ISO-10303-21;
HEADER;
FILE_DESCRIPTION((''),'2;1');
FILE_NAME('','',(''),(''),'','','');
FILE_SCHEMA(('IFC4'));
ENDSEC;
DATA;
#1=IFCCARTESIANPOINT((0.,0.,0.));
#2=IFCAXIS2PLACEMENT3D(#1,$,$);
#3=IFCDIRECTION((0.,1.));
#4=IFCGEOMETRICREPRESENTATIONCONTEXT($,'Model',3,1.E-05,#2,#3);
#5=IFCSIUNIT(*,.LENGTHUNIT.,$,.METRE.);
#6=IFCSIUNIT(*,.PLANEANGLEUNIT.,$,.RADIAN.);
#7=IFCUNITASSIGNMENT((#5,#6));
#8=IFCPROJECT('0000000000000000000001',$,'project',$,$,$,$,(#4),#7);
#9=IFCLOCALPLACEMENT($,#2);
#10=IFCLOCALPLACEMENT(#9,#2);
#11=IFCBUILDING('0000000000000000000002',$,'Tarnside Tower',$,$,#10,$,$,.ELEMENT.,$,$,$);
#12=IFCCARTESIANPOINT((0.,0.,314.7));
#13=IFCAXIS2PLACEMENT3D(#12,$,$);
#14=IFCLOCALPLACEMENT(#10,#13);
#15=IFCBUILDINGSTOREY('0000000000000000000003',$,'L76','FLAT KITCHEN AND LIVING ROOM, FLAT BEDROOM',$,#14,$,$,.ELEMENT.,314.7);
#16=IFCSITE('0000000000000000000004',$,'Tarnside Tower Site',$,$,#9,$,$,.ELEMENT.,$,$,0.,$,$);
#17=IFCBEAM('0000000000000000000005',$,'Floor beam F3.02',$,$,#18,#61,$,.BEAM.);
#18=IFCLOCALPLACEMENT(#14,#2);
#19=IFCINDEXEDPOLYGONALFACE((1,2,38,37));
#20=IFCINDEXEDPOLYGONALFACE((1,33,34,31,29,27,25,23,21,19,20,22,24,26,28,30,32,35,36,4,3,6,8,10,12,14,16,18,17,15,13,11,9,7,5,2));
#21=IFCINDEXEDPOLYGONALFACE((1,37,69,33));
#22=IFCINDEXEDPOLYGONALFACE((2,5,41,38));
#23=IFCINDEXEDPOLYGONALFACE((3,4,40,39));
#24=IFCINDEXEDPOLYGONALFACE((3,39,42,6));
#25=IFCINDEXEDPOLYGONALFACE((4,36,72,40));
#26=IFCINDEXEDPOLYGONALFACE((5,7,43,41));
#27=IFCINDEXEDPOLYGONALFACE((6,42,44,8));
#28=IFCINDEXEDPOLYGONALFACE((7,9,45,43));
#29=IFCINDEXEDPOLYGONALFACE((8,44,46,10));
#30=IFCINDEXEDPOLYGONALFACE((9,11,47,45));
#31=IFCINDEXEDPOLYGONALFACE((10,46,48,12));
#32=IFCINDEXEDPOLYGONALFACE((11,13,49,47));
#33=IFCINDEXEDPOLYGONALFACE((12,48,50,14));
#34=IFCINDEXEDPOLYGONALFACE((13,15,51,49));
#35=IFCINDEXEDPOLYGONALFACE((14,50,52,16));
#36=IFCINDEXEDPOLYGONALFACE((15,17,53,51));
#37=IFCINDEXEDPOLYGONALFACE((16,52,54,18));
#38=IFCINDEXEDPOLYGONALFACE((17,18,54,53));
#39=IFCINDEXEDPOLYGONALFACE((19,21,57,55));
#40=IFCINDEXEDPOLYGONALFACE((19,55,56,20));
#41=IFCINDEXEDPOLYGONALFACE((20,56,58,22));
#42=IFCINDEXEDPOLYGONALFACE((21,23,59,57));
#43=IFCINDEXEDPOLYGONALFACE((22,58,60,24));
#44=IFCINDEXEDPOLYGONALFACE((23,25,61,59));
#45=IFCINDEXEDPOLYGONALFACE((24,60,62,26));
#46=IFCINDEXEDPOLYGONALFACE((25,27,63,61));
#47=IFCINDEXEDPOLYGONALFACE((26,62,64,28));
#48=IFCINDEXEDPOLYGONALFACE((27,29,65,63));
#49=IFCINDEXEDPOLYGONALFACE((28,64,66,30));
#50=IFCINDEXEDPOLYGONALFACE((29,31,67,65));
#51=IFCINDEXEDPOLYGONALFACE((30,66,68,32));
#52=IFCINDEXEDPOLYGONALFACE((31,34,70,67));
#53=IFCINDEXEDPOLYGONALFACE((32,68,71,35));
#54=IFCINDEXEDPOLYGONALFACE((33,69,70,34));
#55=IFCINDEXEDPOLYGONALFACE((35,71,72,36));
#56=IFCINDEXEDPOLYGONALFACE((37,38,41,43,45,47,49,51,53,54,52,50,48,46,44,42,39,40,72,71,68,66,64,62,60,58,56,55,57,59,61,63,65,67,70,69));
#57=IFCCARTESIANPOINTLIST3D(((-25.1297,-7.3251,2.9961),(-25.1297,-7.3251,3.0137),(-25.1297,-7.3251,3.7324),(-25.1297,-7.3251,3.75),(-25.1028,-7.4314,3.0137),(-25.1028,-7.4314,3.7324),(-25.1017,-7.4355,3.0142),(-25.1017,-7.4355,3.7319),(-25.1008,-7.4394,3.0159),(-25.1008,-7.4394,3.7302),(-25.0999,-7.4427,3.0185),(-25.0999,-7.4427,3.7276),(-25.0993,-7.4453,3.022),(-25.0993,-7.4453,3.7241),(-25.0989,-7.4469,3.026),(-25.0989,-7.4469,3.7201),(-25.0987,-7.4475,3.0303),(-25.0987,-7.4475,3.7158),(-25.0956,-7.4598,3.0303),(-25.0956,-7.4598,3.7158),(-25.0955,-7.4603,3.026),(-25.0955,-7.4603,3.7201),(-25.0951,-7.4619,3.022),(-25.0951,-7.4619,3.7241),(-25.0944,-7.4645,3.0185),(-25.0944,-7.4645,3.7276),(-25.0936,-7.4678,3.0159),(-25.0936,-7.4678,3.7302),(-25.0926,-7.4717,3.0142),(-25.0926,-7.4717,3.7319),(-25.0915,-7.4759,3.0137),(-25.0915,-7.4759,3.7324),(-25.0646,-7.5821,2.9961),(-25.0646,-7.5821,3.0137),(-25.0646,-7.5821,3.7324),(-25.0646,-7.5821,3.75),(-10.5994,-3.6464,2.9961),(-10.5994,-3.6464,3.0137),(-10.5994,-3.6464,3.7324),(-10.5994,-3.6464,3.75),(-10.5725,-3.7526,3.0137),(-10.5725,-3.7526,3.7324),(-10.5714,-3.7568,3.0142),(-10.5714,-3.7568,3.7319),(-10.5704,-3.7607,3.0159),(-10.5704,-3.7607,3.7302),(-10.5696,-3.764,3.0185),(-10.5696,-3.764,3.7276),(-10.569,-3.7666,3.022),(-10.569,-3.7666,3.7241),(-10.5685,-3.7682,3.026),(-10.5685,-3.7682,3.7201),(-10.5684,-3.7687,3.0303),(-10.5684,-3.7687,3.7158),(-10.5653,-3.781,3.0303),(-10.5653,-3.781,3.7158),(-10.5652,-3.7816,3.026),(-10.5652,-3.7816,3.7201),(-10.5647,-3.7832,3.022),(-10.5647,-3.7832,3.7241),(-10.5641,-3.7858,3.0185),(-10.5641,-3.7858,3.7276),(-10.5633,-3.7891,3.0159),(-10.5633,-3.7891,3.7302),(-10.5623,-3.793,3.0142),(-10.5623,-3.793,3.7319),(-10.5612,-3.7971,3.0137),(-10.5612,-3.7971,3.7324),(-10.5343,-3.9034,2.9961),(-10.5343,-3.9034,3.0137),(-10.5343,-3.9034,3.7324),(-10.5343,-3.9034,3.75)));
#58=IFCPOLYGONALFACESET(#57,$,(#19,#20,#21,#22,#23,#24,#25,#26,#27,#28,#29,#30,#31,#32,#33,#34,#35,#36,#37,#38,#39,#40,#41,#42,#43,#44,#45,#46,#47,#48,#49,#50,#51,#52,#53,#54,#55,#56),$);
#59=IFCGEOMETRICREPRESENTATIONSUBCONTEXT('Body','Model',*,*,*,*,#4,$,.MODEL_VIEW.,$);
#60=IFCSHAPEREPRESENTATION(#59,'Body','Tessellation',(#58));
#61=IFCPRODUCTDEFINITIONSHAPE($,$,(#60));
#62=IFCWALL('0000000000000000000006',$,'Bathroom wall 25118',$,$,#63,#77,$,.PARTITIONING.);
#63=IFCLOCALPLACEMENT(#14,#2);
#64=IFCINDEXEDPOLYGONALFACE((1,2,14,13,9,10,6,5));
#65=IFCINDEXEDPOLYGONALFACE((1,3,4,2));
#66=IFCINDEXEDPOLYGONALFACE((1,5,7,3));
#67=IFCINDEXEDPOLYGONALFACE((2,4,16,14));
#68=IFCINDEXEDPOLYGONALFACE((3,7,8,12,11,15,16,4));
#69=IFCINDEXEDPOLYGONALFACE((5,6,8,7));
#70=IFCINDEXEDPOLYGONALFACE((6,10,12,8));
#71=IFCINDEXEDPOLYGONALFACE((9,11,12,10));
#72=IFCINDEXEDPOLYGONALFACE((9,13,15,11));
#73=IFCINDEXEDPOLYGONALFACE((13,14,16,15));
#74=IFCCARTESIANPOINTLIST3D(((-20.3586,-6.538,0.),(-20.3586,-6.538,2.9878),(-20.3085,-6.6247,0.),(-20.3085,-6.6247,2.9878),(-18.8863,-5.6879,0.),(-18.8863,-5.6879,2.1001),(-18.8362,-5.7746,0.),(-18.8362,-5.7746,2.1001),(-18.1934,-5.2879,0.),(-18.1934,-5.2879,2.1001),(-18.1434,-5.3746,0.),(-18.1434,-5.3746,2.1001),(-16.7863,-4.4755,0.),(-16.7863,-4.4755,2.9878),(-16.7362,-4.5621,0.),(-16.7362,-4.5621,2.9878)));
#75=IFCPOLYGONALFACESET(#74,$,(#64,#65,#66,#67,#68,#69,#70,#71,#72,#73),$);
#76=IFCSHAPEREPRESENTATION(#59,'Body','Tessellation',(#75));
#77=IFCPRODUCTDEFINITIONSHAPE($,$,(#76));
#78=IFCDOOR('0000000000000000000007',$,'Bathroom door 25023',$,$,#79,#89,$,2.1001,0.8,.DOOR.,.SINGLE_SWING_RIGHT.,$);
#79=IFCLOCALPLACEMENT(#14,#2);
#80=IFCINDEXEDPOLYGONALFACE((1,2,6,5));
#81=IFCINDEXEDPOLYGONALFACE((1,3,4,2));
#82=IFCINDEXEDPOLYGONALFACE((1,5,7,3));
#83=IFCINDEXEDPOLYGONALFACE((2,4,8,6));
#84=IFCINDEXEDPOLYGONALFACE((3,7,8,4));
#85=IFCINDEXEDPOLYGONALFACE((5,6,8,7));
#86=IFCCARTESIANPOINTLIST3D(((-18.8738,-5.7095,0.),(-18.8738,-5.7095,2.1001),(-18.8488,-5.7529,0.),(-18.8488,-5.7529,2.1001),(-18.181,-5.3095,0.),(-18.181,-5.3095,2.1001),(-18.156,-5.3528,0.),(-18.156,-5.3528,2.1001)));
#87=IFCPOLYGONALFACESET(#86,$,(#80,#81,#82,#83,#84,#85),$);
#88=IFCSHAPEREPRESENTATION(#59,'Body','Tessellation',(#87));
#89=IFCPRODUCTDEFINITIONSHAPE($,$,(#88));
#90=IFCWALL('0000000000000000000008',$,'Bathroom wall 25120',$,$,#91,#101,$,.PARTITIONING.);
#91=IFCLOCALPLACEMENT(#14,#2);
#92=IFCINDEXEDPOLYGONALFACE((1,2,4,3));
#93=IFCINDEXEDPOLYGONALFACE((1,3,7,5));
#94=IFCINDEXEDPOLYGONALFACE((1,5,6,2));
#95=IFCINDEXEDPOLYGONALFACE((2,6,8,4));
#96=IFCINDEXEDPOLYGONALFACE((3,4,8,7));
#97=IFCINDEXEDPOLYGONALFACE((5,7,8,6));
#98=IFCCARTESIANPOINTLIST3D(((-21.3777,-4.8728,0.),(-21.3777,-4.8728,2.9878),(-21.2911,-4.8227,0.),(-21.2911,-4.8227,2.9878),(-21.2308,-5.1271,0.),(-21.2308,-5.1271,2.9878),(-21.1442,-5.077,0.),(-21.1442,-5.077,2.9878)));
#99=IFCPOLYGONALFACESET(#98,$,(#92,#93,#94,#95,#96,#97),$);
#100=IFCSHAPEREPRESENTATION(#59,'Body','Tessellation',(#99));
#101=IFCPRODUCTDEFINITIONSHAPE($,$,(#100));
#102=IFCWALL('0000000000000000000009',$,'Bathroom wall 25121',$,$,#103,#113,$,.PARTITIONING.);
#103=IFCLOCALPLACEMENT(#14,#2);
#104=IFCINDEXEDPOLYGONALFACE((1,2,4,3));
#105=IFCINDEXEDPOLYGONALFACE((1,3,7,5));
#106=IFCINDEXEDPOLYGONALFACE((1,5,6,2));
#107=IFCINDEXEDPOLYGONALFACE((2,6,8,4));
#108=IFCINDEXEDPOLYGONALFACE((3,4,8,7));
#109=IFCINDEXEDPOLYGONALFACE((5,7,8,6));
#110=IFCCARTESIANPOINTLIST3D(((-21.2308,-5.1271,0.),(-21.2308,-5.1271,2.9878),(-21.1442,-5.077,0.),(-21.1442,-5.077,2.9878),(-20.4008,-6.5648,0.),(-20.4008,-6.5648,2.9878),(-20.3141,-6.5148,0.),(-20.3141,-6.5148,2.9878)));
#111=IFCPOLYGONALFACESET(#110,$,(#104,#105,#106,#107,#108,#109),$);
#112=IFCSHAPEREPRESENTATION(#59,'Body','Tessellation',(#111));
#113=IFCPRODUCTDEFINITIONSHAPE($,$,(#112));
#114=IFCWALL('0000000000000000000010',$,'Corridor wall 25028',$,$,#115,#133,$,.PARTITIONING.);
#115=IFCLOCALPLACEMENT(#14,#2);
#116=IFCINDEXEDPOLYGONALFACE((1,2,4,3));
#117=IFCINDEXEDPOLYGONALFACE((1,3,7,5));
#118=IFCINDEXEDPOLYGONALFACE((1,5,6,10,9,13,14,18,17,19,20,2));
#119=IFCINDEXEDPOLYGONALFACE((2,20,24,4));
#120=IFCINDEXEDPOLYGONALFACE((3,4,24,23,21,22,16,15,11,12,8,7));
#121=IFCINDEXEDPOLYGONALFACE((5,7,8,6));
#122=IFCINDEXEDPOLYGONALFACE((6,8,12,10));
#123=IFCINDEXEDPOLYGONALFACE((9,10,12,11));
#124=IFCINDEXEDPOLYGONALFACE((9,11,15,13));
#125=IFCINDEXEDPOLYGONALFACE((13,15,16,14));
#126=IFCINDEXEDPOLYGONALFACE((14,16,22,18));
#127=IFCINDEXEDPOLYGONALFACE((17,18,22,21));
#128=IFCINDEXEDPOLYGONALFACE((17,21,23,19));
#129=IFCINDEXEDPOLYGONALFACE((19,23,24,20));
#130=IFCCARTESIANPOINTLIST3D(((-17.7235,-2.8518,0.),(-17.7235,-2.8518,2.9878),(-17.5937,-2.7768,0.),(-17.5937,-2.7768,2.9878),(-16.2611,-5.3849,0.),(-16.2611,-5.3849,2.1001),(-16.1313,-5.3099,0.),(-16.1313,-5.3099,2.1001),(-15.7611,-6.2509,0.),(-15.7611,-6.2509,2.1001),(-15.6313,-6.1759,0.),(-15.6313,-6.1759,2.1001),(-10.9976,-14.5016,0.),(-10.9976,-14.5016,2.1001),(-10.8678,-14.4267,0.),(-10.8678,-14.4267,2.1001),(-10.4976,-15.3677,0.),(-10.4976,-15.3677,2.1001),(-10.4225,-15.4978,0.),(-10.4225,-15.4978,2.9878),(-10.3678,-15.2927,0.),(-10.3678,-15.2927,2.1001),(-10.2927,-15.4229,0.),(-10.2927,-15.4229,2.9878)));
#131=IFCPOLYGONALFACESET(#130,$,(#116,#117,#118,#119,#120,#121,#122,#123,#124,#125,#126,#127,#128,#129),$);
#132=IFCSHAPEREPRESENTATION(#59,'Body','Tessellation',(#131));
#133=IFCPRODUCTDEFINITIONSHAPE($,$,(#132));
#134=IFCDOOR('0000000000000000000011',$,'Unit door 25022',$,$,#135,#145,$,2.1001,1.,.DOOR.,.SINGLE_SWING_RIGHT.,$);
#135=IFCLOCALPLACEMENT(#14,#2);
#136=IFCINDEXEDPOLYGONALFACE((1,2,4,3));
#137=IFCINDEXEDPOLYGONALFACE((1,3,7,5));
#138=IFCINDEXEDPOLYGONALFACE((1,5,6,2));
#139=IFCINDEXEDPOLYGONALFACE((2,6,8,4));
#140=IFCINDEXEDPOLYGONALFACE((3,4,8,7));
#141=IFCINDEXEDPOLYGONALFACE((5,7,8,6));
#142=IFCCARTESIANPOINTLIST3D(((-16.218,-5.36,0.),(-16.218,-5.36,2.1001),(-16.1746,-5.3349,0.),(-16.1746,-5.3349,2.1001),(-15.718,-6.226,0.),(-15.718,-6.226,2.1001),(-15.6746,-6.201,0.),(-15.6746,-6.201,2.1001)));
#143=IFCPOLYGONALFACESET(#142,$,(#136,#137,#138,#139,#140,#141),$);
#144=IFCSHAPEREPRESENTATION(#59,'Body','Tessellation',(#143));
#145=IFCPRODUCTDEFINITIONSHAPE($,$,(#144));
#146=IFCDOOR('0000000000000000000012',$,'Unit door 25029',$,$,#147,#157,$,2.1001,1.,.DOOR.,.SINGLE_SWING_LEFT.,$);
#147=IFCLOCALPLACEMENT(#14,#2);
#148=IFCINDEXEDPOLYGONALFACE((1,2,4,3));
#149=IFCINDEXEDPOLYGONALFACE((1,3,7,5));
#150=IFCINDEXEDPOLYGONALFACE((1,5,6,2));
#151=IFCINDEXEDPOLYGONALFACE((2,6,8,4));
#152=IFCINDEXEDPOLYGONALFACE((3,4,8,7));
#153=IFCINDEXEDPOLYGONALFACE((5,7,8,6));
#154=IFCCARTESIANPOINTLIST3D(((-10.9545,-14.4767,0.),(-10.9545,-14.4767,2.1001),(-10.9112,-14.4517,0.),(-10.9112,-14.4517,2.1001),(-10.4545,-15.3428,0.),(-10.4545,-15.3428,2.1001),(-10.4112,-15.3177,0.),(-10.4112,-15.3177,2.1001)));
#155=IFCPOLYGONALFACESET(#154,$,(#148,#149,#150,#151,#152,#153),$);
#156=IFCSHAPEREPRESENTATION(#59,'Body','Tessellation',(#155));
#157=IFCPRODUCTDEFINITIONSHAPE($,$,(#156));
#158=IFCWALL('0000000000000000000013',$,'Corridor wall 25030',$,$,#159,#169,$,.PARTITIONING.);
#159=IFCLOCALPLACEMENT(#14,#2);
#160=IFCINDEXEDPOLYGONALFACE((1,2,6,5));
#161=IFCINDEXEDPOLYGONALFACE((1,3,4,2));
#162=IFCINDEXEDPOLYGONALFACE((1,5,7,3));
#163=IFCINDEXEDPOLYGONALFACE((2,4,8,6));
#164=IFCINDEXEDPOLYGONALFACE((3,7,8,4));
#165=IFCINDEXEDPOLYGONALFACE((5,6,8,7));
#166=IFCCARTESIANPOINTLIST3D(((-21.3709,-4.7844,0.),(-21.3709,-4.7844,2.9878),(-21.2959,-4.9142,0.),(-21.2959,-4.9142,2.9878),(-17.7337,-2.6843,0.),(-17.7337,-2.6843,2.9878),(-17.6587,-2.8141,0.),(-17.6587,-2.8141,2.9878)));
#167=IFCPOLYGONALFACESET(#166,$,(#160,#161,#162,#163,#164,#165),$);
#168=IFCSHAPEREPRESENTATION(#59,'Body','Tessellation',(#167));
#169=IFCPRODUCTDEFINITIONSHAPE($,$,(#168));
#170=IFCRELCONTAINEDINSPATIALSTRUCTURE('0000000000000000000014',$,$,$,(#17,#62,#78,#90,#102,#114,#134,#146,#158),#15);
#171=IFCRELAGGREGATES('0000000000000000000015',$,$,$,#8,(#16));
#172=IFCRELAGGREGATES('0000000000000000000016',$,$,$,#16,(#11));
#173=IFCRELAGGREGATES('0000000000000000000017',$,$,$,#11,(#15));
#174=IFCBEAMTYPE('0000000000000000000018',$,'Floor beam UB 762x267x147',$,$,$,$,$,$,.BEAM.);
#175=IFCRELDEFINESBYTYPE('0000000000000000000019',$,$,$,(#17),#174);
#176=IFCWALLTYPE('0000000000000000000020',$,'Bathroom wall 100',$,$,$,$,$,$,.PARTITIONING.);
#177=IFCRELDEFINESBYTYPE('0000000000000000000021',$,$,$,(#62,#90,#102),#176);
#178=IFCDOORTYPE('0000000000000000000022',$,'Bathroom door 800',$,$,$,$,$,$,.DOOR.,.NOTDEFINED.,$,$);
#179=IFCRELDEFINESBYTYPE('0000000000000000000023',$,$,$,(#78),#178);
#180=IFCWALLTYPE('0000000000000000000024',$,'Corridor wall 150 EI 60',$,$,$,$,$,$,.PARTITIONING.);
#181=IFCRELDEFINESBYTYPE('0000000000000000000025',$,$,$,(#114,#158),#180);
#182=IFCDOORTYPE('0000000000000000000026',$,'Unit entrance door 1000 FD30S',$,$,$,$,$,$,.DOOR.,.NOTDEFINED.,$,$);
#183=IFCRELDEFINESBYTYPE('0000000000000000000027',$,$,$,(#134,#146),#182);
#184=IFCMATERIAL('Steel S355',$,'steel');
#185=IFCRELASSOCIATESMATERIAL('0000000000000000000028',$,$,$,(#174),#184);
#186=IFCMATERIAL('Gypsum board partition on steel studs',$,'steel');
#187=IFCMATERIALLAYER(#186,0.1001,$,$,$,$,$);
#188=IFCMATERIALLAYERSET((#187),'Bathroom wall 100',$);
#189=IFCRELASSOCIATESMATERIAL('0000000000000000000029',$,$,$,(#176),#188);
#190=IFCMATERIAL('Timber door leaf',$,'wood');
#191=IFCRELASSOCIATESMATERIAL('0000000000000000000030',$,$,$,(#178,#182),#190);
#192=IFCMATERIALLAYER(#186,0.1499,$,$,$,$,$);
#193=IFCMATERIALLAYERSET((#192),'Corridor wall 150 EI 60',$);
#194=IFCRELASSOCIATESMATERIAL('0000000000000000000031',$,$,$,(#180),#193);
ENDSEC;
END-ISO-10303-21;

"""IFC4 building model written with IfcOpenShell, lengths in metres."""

from ifc_helpers import new_model, si_unit, direction, frame, frame_2d, origin, origin_2d, place, context, subcontext, project, spatial, rectangle, i_section, extrude, material, layer, layer_set, material_profile, profile_set, type_object, element, fill, save


model = new_model("IFC4")

# Units and contexts
model_context = context("Model", 3, precision=1e-05, world=origin(), true_north=direction((0.0, 1.0)))
body_context = subcontext(model_context, "Body", "Model", "MODEL_VIEW")
ifc_project = project(units=[si_unit("LENGTHUNIT", "METRE"), si_unit("PLANEANGLEUNIT", "RADIAN")], contexts=[model_context])

# Site, building, storey
site_placement = place(None, origin())
site = spatial("IfcSite", under=ifc_project, at=site_placement, Name="Tarnside Tower Site", CompositionType="ELEMENT", RefElevation=0.0)
building_placement = place(site_placement, origin())
building = spatial("IfcBuilding", under=site, at=building_placement, Name="Tarnside Tower", CompositionType="ELEMENT")
storey_placement = place(building_placement, frame((0.0, 0.0, 314.7)))
storey = spatial("IfcBuildingStorey", under=building, at=storey_placement, Name="L76", Description="FLAT KITCHEN AND LIVING ROOM, FLAT BEDROOM", CompositionType="ELEMENT", Elevation=314.7)

# Beam
ifc_material_1 = material(Name="Steel S355", Category="steel")
ifc_material_profile = material_profile(ifc_material_1, i_section(OverallWidth=0.2651, OverallDepth=0.7539, WebThickness=0.0127, FlangeThickness=0.0176, FilletRadius=0.0166, at=origin_2d()), Name="UB 762x267x147")
ifc_profile_set = profile_set([ifc_material_profile], Name="Steel S355")
beam_type = type_object("IfcBeamType", Name="Floor beam UB 762x267x147", PredefinedType="BEAM", material=ifc_profile_set)
beam_placement = place(storey_placement, frame((-25.0972, -7.4536, 3.373), z_axis=(0.969414, 0.245432, 0.0), x_axis=(-0.245432, 0.969414, 0.0)))
element("IfcBeam", 1, at=beam_placement, inside=storey, type_object=beam_type, Name="Floor beam F3.02", PredefinedType="BEAM", context=body_context, shape_type="SweptSolid", body=[
    extrude(i_section(OverallWidth=0.2651, OverallDepth=0.7539, WebThickness=0.0127, FlangeThickness=0.0176, FilletRadius=0.0166, at=origin_2d()), origin(), (0.0, 0.0, 1.0), 14.9888),
])

# Wall, opening, door
ifc_material_2 = material(Name="Gypsum board partition on steel studs", Category="steel")
ifc_layer_1 = layer(ifc_material_2, 0.1001)
ifc_layer_set_1 = layer_set([ifc_layer_1], Name="Bathroom wall 100")
wall_type_1 = type_object("IfcWallType", Name="Bathroom wall 100", PredefinedType="PARTITIONING", material=ifc_layer_set_1)
wall_1_placement = place(storey_placement, frame((-16.7612, -4.5188, 0.0), z_axis=(0.0, 0.0, 1.0), x_axis=(-0.86602, -0.500009, 0.0)))
wall_1 = element("IfcWall", 2, at=wall_1_placement, inside=storey, type_object=wall_type_1, Name="Bathroom wall 25118", PredefinedType="PARTITIONING", context=body_context, shape_type="SweptSolid", body=[
    extrude(rectangle(XDim=4.125, YDim=0.1001, at=frame_2d((2.0625, 0.0))), origin(), (0.0, 0.0, 1.0), 2.9878),
])
opening_1_placement = place(wall_1_placement, frame((1.625, 0.0, 0.0)))
opening_1 = element("IfcOpeningElement", 3, at=opening_1_placement, cuts=wall_1, PredefinedType="OPENING", context=body_context, shape_type="SweptSolid", body=[
    extrude(rectangle(XDim=0.8, YDim=2.1001, at=frame_2d((0.3999, 1.05))), frame((0.0, 0.0601, 0.0), z_axis=(0.0, -1.0, 0.0), x_axis=(1.0, 0.0, 0.0)), (0.0, 0.0, 1.0), 0.1201),
])
ifc_material_3 = material(Name="Timber door leaf", Category="wood")
door_type_1 = type_object("IfcDoorType", Name="Bathroom door 800", OperationType="NOTDEFINED", PredefinedType="DOOR", material=ifc_material_3)
door_1_placement = place(opening_1_placement, origin())
door_1 = element("IfcDoor", 4, at=door_1_placement, inside=storey, type_object=door_type_1, Name="Bathroom door 25023", OperationType="SINGLE_SWING_RIGHT", OverallHeight=2.1001, OverallWidth=0.8, PredefinedType="DOOR", context=body_context, shape_type="SweptSolid", body=[
    extrude(rectangle(XDim=0.8, YDim=2.1001, at=frame_2d((0.3999, 1.05))), frame((0.0, 0.0249, 0.0), z_axis=(0.0, -1.0, 0.0), x_axis=(1.0, 0.0, 0.0)), (0.0, 0.0, 1.0), 0.05),
])
fill(opening_1, door_1)

# Walls
wall_2_placement = place(storey_placement, frame((-21.3345, -4.8477, 0.0), z_axis=(0.0, 0.0, 1.0), x_axis=(0.50025, -0.865881, 0.0)))
element("IfcWall", 5, at=wall_2_placement, inside=storey, type_object=wall_type_1, Name="Bathroom wall 25120", PredefinedType="PARTITIONING", context=body_context, shape_type="SweptSolid", body=[
    extrude(rectangle(XDim=0.2937, YDim=0.1001, at=frame_2d((0.147, 0.0))), origin(), (0.0, 0.0, 1.0), 2.9878),
])
wall_3_placement = place(storey_placement, frame((-21.1875, -5.1021, 0.0), z_axis=(0.0, 0.0, 1.0), x_axis=(0.499998, -0.866026, 0.0)))
element("IfcWall", 6, at=wall_3_placement, inside=storey, type_object=wall_type_1, Name="Bathroom wall 25121", PredefinedType="PARTITIONING", context=body_context, shape_type="SweptSolid", body=[
    extrude(rectangle(XDim=1.6602, YDim=0.1001, at=frame_2d((0.8301, 0.0))), origin(), (0.0, 0.0, 1.0), 2.9878),
])

# Wall, openings, doors
ifc_layer_2 = layer(ifc_material_2, 0.1499)
ifc_layer_set_2 = layer_set([ifc_layer_2], Name="Corridor wall 150 EI 60")
wall_type_2 = type_object("IfcWallType", Name="Corridor wall 150 EI 60", PredefinedType="PARTITIONING", material=ifc_layer_set_2)
wall_4_placement = place(storey_placement, frame((-17.6587, -2.8142, 0.0), z_axis=(0.0, 0.0, 1.0), x_axis=(0.499993, -0.86603, 0.0)))
wall_4 = element("IfcWall", 7, at=wall_4_placement, inside=storey, type_object=wall_type_2, Name="Corridor wall 25028", PredefinedType="PARTITIONING", context=body_context, shape_type="SweptSolid", body=[
    extrude(rectangle(XDim=14.6023, YDim=0.1499, at=frame_2d((7.3013, 0.0))), origin(), (0.0, 0.0, 1.0), 2.9878),
])
opening_2_placement = place(wall_4_placement, frame((2.925, 0.0, 0.0)))
opening_2 = element("IfcOpeningElement", 8, at=opening_2_placement, cuts=wall_4, PredefinedType="OPENING", context=body_context, shape_type="SweptSolid", body=[
    extrude(rectangle(XDim=1.0, YDim=2.1001, at=frame_2d((0.5, 1.05))), frame((0.0, 0.085, 0.0), z_axis=(0.0, -1.0, 0.0), x_axis=(1.0, 0.0, 0.0)), (0.0, 0.0, 1.0), 0.1699),
])
opening_3_placement = place(wall_4_placement, frame((13.4521, 0.0, 0.0)))
opening_3 = element("IfcOpeningElement", 9, at=opening_3_placement, cuts=wall_4, PredefinedType="OPENING", context=body_context, shape_type="SweptSolid", body=[
    extrude(rectangle(XDim=1.0, YDim=2.1001, at=frame_2d((0.5, 1.05))), frame((0.0, 0.085, 0.0), z_axis=(0.0, -1.0, 0.0), x_axis=(1.0, 0.0, 0.0)), (0.0, 0.0, 1.0), 0.1699),
])
door_type_2 = type_object("IfcDoorType", Name="Unit entrance door 1000 FD30S", OperationType="NOTDEFINED", PredefinedType="DOOR", material=ifc_material_3)
door_2_placement = place(opening_2_placement, origin())
door_2 = element("IfcDoor", 10, at=door_2_placement, inside=storey, type_object=door_type_2, Name="Unit door 25022", OperationType="SINGLE_SWING_RIGHT", OverallHeight=2.1001, OverallWidth=1.0, PredefinedType="DOOR", context=body_context, shape_type="SweptSolid", body=[
    extrude(rectangle(XDim=1.0, YDim=2.1001, at=frame_2d((0.5, 1.05))), frame((0.0, 0.0249, 0.0), z_axis=(0.0, -1.0, 0.0), x_axis=(1.0, 0.0, 0.0)), (0.0, 0.0, 1.0), 0.05),
])
fill(opening_2, door_2)
door_3_placement = place(opening_3_placement, origin())
door_3 = element("IfcDoor", 11, at=door_3_placement, inside=storey, type_object=door_type_2, Name="Unit door 25029", OperationType="SINGLE_SWING_LEFT", OverallHeight=2.1001, OverallWidth=1.0, PredefinedType="DOOR", context=body_context, shape_type="SweptSolid", body=[
    extrude(rectangle(XDim=1.0, YDim=2.1001, at=frame_2d((0.5, 1.05))), frame((0.0, 0.0249, 0.0), z_axis=(0.0, -1.0, 0.0), x_axis=(1.0, 0.0, 0.0)), (0.0, 0.0, 1.0), 0.05),
])
fill(opening_3, door_3)

# Wall
wall_5_placement = place(storey_placement, frame((-21.3335, -4.8494, 0.0), z_axis=(0.0, 0.0, 1.0), x_axis=(0.866009, 0.500028, 0.0)))
element("IfcWall", 12, at=wall_5_placement, inside=storey, type_object=wall_type_2, Name="Corridor wall 25030", PredefinedType="PARTITIONING", context=body_context, shape_type="SweptSolid", body=[
    extrude(rectangle(XDim=4.2, YDim=0.1499, at=frame_2d((2.1001, 0.0))), origin(), (0.0, 0.0, 1.0), 2.9878),
])

save(model, "model.ifc")
